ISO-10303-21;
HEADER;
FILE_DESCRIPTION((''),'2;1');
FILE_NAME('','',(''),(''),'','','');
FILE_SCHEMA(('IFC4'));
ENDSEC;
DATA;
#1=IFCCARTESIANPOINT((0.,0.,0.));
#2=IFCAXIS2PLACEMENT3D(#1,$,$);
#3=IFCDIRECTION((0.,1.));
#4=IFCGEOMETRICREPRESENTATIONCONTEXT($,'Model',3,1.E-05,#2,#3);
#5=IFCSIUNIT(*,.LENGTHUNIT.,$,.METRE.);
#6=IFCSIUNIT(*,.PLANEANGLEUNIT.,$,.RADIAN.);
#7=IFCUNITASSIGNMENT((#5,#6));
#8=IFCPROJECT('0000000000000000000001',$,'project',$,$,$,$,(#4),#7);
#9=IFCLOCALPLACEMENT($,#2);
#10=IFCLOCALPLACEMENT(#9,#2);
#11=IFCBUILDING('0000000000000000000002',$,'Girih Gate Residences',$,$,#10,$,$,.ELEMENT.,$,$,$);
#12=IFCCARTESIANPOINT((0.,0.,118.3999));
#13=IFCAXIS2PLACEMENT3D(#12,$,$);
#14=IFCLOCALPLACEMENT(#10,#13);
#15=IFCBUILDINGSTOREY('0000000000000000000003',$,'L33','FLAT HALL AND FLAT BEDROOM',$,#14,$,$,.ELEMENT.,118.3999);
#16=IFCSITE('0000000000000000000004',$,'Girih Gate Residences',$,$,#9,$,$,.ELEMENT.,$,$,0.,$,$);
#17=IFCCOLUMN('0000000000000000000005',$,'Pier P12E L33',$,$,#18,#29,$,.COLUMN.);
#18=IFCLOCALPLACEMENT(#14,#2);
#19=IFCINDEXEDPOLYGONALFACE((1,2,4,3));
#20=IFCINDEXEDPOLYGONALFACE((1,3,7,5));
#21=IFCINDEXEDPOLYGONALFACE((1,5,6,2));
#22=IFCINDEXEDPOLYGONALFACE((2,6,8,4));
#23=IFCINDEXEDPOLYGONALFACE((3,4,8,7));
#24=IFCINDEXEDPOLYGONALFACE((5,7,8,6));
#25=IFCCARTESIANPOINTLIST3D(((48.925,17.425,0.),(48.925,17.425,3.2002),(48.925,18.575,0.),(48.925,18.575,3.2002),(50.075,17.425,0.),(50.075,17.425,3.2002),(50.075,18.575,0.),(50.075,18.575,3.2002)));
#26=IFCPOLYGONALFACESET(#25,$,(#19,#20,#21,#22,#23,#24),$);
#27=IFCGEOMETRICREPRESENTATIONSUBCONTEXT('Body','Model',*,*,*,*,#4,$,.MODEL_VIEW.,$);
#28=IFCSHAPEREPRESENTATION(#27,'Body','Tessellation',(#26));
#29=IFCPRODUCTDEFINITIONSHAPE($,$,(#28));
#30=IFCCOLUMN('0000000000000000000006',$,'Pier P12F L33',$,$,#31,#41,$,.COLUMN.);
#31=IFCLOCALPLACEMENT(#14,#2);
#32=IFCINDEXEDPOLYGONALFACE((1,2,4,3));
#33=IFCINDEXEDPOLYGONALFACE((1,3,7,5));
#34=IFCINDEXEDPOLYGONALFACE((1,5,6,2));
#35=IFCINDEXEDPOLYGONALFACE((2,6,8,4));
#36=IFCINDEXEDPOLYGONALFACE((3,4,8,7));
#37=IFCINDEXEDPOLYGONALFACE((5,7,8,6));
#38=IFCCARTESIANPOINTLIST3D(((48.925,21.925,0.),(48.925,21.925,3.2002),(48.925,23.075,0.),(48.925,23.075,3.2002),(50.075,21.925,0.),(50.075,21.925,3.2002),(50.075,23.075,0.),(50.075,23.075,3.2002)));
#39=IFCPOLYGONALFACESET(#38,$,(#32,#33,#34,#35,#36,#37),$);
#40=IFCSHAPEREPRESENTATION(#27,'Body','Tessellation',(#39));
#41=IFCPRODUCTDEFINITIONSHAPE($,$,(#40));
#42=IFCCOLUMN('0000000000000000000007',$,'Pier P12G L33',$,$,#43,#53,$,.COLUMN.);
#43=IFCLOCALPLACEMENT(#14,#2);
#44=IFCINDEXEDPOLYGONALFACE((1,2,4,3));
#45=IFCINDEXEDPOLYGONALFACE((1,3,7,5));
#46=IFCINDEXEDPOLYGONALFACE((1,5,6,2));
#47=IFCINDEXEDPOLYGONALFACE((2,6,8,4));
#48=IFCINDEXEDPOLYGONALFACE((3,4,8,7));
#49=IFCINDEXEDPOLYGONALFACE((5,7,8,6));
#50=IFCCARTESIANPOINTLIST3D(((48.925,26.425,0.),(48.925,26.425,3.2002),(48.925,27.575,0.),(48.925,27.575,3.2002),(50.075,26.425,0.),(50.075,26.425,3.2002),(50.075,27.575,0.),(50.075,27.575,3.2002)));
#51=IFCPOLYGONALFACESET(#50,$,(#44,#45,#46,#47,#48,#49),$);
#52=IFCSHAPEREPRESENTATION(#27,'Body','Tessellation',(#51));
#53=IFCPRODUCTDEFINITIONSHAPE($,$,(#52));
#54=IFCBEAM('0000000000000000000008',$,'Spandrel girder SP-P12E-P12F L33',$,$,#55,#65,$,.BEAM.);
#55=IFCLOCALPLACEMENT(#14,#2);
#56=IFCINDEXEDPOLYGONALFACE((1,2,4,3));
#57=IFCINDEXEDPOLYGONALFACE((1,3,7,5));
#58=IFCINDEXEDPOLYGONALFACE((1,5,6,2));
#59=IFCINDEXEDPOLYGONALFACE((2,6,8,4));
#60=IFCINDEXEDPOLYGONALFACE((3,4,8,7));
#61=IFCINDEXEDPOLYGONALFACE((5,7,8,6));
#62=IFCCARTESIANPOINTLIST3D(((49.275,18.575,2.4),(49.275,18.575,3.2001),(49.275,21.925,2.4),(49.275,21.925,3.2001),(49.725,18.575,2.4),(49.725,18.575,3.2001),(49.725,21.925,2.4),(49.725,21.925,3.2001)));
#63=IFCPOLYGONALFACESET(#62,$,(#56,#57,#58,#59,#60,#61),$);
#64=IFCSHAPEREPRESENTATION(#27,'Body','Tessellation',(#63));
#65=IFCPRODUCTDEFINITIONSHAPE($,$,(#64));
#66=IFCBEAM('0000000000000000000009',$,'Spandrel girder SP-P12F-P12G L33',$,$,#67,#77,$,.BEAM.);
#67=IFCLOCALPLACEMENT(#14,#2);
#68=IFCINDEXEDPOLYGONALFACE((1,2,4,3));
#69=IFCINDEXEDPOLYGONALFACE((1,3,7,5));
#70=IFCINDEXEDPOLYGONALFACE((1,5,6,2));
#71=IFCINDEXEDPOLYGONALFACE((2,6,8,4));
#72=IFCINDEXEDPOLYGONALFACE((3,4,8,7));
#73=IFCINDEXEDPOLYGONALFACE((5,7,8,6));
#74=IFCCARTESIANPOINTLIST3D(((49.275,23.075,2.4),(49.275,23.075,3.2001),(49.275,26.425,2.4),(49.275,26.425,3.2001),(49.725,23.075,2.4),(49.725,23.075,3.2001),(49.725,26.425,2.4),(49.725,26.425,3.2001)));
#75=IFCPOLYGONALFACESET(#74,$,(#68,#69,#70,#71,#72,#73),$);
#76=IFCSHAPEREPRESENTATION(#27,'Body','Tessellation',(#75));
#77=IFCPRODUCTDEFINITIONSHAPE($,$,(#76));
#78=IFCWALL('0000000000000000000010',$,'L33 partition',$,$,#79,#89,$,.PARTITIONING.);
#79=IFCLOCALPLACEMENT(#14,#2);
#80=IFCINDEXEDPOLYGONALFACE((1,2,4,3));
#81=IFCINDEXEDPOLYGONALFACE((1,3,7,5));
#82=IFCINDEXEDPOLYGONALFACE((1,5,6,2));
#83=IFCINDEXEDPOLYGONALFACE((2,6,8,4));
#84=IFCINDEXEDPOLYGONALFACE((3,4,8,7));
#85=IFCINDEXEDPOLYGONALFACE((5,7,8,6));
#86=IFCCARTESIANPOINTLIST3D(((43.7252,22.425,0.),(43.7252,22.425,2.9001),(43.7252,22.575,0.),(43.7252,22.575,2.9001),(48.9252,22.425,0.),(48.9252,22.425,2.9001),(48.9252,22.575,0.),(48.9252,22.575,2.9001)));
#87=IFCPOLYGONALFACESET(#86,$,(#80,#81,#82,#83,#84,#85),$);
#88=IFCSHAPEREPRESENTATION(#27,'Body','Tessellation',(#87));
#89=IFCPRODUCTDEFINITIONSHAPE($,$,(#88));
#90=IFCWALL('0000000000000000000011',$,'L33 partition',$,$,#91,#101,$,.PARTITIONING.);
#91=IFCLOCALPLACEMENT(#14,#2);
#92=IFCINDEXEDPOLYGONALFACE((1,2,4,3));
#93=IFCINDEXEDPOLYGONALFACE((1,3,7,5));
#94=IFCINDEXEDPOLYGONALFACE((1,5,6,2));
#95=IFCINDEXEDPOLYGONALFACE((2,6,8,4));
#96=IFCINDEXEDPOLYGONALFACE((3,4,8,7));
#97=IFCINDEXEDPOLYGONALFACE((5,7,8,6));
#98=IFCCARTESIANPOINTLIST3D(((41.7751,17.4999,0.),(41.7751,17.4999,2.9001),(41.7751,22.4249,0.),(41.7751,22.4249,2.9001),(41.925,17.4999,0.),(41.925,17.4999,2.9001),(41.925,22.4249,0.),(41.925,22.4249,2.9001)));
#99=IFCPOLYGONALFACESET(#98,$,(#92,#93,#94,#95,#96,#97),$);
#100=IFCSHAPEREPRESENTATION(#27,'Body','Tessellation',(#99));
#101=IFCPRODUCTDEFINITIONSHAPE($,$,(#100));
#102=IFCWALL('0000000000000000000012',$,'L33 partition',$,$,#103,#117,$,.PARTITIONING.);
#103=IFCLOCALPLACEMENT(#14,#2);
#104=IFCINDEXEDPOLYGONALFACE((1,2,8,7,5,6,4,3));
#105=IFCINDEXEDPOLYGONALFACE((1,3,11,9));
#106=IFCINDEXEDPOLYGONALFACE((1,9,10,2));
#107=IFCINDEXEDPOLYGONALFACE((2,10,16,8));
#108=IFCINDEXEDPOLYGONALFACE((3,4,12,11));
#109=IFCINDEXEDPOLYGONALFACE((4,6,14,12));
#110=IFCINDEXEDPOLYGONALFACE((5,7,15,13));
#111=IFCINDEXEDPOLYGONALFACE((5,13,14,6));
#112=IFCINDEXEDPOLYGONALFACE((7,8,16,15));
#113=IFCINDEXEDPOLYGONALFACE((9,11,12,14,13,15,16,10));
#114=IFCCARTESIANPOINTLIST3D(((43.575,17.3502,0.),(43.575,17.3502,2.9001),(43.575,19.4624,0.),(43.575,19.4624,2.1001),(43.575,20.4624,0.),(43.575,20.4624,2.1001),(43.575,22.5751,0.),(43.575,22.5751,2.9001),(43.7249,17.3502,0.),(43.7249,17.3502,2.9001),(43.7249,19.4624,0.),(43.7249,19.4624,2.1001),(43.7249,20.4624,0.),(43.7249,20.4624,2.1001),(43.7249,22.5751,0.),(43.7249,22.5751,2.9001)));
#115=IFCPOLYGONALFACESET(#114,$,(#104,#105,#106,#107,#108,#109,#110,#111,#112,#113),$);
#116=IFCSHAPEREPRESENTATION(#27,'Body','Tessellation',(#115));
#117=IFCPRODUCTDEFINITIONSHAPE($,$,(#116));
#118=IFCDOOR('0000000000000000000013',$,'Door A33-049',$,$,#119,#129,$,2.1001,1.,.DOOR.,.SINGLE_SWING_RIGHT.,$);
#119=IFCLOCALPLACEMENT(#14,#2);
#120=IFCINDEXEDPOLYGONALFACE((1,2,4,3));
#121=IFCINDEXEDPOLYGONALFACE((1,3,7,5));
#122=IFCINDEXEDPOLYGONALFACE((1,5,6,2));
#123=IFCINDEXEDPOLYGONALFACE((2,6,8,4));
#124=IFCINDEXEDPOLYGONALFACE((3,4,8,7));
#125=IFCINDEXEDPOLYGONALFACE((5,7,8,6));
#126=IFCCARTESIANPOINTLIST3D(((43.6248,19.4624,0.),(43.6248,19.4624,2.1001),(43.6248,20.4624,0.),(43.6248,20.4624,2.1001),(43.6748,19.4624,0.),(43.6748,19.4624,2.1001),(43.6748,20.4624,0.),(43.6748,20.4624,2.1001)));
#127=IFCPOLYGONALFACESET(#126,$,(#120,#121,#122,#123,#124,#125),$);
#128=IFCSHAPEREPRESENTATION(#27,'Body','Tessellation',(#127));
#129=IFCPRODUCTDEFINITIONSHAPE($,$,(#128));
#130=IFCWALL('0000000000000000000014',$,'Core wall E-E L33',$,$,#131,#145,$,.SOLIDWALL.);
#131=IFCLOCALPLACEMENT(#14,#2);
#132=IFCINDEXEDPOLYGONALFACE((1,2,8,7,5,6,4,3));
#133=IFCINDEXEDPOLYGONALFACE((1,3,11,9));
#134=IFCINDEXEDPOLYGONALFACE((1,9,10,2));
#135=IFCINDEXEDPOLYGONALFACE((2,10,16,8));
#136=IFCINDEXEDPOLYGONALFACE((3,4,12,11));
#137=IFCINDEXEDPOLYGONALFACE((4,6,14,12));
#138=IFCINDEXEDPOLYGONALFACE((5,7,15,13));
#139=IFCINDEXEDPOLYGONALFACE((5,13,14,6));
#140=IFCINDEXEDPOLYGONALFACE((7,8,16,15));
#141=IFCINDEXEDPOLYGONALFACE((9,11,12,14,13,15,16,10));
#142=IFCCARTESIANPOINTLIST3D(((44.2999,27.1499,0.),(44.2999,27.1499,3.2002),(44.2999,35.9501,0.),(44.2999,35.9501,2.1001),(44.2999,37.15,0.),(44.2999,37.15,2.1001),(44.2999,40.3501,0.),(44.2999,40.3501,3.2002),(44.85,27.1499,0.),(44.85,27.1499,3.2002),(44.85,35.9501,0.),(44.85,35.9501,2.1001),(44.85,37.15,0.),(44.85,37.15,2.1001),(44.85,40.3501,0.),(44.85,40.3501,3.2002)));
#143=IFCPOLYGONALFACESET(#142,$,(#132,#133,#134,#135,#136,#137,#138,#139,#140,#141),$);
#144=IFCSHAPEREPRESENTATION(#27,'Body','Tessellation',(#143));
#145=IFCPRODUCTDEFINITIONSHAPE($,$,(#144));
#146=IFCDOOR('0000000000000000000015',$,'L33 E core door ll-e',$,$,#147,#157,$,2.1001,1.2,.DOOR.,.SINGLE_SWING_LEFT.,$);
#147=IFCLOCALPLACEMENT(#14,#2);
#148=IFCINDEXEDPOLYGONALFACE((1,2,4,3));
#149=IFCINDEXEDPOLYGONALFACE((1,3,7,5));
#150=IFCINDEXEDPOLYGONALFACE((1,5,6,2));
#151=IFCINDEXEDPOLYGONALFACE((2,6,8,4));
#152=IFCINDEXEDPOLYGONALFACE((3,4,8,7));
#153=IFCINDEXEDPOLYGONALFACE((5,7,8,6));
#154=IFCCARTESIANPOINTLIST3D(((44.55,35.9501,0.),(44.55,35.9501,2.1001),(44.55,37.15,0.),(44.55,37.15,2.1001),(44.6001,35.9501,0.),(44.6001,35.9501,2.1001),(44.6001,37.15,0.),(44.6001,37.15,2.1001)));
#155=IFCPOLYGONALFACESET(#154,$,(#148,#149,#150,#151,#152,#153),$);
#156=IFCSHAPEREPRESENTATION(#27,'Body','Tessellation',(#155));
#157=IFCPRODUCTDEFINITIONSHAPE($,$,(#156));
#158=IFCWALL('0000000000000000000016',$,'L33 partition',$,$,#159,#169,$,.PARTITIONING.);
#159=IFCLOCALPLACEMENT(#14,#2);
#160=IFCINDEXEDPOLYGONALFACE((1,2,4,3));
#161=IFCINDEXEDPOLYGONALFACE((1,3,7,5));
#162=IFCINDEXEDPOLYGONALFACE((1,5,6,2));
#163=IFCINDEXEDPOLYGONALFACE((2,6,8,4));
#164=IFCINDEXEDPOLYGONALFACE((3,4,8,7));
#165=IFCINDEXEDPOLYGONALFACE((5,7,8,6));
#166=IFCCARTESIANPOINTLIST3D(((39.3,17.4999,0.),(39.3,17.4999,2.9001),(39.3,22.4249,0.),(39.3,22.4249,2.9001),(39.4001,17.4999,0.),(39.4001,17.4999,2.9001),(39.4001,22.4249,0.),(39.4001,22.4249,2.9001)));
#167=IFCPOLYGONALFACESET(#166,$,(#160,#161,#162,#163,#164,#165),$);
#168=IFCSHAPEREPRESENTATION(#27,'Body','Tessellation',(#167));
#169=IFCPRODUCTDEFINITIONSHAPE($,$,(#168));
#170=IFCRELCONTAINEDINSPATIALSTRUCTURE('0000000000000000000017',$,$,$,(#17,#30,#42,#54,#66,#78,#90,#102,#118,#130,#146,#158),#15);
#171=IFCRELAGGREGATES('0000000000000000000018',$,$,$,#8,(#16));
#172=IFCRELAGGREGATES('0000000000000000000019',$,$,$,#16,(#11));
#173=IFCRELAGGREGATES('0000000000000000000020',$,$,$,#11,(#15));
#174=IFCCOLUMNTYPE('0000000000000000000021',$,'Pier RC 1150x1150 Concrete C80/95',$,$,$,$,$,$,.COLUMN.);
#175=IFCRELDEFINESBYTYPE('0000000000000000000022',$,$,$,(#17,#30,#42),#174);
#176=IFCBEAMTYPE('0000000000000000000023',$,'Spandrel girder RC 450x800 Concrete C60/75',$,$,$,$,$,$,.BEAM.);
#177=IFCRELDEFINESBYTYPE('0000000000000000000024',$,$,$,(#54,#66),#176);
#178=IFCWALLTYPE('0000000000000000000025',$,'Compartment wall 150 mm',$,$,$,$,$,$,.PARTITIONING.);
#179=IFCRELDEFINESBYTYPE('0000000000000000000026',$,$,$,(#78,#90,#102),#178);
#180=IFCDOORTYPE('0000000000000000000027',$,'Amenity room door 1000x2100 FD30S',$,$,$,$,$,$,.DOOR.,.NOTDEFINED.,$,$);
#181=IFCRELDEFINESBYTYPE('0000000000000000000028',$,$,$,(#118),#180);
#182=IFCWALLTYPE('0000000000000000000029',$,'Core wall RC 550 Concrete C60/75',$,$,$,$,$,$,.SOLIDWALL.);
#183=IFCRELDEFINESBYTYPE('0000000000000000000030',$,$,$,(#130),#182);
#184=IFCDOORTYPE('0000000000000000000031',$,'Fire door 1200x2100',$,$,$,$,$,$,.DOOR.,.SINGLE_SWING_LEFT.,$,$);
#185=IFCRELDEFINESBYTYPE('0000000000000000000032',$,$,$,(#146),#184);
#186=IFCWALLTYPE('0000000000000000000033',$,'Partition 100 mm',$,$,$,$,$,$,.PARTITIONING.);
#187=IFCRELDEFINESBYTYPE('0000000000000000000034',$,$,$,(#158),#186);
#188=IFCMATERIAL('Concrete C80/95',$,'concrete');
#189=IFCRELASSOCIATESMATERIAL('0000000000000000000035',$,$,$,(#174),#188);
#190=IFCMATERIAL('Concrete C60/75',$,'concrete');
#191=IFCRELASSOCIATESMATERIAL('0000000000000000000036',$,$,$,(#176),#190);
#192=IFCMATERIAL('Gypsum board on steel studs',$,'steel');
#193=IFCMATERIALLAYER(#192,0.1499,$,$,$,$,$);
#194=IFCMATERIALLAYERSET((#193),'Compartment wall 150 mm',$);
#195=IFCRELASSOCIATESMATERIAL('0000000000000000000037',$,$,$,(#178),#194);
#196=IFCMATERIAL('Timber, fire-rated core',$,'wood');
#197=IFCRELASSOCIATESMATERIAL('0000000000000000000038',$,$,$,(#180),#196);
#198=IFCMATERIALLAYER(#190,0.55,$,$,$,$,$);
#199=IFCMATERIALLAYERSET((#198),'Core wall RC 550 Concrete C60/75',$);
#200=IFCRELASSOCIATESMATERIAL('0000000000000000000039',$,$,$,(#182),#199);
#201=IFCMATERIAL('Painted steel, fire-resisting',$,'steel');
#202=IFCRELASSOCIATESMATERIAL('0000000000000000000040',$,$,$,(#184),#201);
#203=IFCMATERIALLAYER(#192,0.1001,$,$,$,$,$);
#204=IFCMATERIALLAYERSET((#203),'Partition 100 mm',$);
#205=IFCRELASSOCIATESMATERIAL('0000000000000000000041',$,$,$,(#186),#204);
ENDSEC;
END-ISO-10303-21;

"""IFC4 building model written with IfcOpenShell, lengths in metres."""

from ifc_helpers import new_model, si_unit, direction, frame, frame_2d, origin, origin_2d, place, context, subcontext, project, spatial, rectangle, extrude, material, layer, layer_set, material_profile, profile_set, type_object, element, fill, save


model = new_model("IFC4")

# Units and contexts
model_context = context("Model", 3, precision=1e-05, world=origin(), true_north=direction((0.0, 1.0)))
body_context = subcontext(model_context, "Body", "Model", "MODEL_VIEW")
ifc_project = project(units=[si_unit("LENGTHUNIT", "METRE"), si_unit("PLANEANGLEUNIT", "RADIAN")], contexts=[model_context])

# Site, building, storey
site_placement = place(None, origin())
site = spatial("IfcSite", under=ifc_project, at=site_placement, Name="Girih Gate Residences", CompositionType="ELEMENT", RefElevation=0.0)
building_placement = place(site_placement, origin())
building = spatial("IfcBuilding", under=site, at=building_placement, Name="Girih Gate Residences", CompositionType="ELEMENT")
storey_placement = place(building_placement, frame((0.0, 0.0, 118.3999)))
storey = spatial("IfcBuildingStorey", under=building, at=storey_placement, Name="L33", Description="FLAT HALL AND FLAT BEDROOM", CompositionType="ELEMENT", Elevation=118.3999)

# Columns
ifc_material_1 = material(Name="Concrete C80/95", Category="concrete")
ifc_material_profile_1 = material_profile(ifc_material_1, rectangle(XDim=1.1499, YDim=1.1499, at=origin_2d()))
ifc_profile_set_1 = profile_set([ifc_material_profile_1], Name="Concrete C80/95")
column_type = type_object("IfcColumnType", Name="Pier RC 1150x1150 Concrete C80/95", PredefinedType="COLUMN", material=ifc_profile_set_1)
for number, where, z_axis, x_axis, name in (
    (1, (49.5, 18.0, 0.0), (0.0, 0.0, 1.0), (1.0, 0.0, 0.0), "Pier P12E L33"),
    (2, (49.5, 22.5, 0.0), (0.0, 0.0, 1.0), (1.0, 0.0, 0.0), "Pier P12F L33"),
    (3, (49.5, 27.0, 0.0), (0.0, 0.0, 1.0), (1.0, 0.0, 0.0), "Pier P12G L33"),
):
    element("IfcColumn", number, at=place(storey_placement, frame(where, z_axis=z_axis, x_axis=x_axis)), inside=storey, type_object=column_type, Name=name, PredefinedType="COLUMN", context=body_context, shape_type="SweptSolid", body=[
        extrude(rectangle(XDim=1.1499, YDim=1.1499, at=origin_2d()), origin(), (0.0, 0.0, 1.0), 3.2002),
    ])

# Beams
ifc_material_2 = material(Name="Concrete C60/75", Category="concrete")
ifc_material_profile_2 = material_profile(ifc_material_2, rectangle(XDim=0.45, YDim=0.8, at=origin_2d()))
ifc_profile_set_2 = profile_set([ifc_material_profile_2], Name="Concrete C60/75")
beam_type = type_object("IfcBeamType", Name="Spandrel girder RC 450x800 Concrete C60/75", PredefinedType="BEAM", material=ifc_profile_set_2)
for number, where, z_axis, x_axis, name in (
    (4, (49.5, 18.575, 2.8), (0.0, 1.0, 0.0), (-1.0, 0.0, 0.0), "Spandrel girder SP-P12E-P12F L33"),
    (5, (49.5, 23.075, 2.8), (0.0, 1.0, 0.0), (-1.0, 0.0, 0.0), "Spandrel girder SP-P12F-P12G L33"),
):
    element("IfcBeam", number, at=place(storey_placement, frame(where, z_axis=z_axis, x_axis=x_axis)), inside=storey, type_object=beam_type, Name=name, PredefinedType="BEAM", context=body_context, shape_type="SweptSolid", body=[
        extrude(rectangle(XDim=0.45, YDim=0.8, at=origin_2d()), origin(), (0.0, 0.0, 1.0), 3.3501),
    ])

# Walls
ifc_material_3 = material(Name="Gypsum board on steel studs", Category="steel")
ifc_layer_1 = layer(ifc_material_3, 0.1499)
ifc_layer_set_1 = layer_set([ifc_layer_1], Name="Compartment wall 150 mm")
wall_type_1 = type_object("IfcWallType", Name="Compartment wall 150 mm", PredefinedType="PARTITIONING", material=ifc_layer_set_1)
wall_1_placement = place(storey_placement, frame((43.7251, 22.5, 0.0), z_axis=(0.0, 0.0, 1.0), x_axis=(1.0, 0.0, 0.0)))
element("IfcWall", 6, at=wall_1_placement, inside=storey, type_object=wall_type_1, Name="L33 partition", PredefinedType="PARTITIONING", context=body_context, shape_type="SweptSolid", body=[
    extrude(rectangle(XDim=5.2, YDim=0.1499, at=frame_2d((2.6001, 0.0))), origin(), (0.0, 0.0, 1.0), 2.9001),
])
wall_2_placement = place(storey_placement, frame((41.8501, 17.5, 0.0), z_axis=(0.0, 0.0, 1.0), x_axis=(0.0, 1.0, 0.0)))
element("IfcWall", 7, at=wall_2_placement, inside=storey, type_object=wall_type_1, Name="L33 partition", PredefinedType="PARTITIONING", context=body_context, shape_type="SweptSolid", body=[
    extrude(rectangle(XDim=4.925, YDim=0.1499, at=frame_2d((2.4624, 0.0))), origin(), (0.0, 0.0, 1.0), 2.9001),
])

# Walls, openings, doors
wall_3_placement = place(storey_placement, frame((43.6499, 22.575, 0.0), z_axis=(0.0, 0.0, 1.0), x_axis=(0.0, -1.0, 0.0)))
wall_3 = element("IfcWall", 8, at=wall_3_placement, inside=storey, type_object=wall_type_1, Name="L33 partition", PredefinedType="PARTITIONING", context=body_context, shape_type="SweptSolid", body=[
    extrude(rectangle(XDim=5.2249, YDim=0.1499, at=frame_2d((2.6123, 0.0))), origin(), (0.0, 0.0, 1.0), 2.9001),
])
opening_1_placement = place(wall_3_placement, frame((2.1125, 0.0, 0.0)))
opening_1 = element("IfcOpeningElement", 9, at=opening_1_placement, cuts=wall_3, PredefinedType="OPENING", context=body_context, shape_type="SweptSolid", body=[
    extrude(rectangle(XDim=1.0, YDim=2.1001, at=frame_2d((0.5, 1.05))), frame((0.0, 0.085, 0.0), z_axis=(0.0, -1.0, 0.0), x_axis=(1.0, 0.0, 0.0)), (0.0, 0.0, 1.0), 0.1699),
])
ifc_material_4 = material(Name="Timber, fire-rated core", Category="wood")
door_type_1 = type_object("IfcDoorType", Name="Amenity room door 1000x2100 FD30S", OperationType="NOTDEFINED", PredefinedType="DOOR", material=ifc_material_4)
door_1_placement = place(opening_1_placement, origin())
door_1 = element("IfcDoor", 10, at=door_1_placement, inside=storey, type_object=door_type_1, Name="Door A33-049", OperationType="SINGLE_SWING_RIGHT", OverallHeight=2.1001, OverallWidth=1.0, PredefinedType="DOOR", context=body_context, shape_type="SweptSolid", body=[
    extrude(rectangle(XDim=1.0, YDim=2.1001, at=frame_2d((0.5, 1.05))), frame((0.0, 0.0249, 0.0), z_axis=(0.0, -1.0, 0.0), x_axis=(1.0, 0.0, 0.0)), (0.0, 0.0, 1.0), 0.05),
])
fill(opening_1, door_1)
ifc_layer_2 = layer(ifc_material_2, 0.55)
ifc_layer_set_2 = layer_set([ifc_layer_2], Name="Core wall RC 550 Concrete C60/75")
wall_type_2 = type_object("IfcWallType", Name="Core wall RC 550 Concrete C60/75", PredefinedType="SOLIDWALL", material=ifc_layer_set_2)
wall_4_placement = place(storey_placement, frame((44.575, 27.1499, 0.0), z_axis=(0.0, 0.0, 1.0), x_axis=(0.0, 1.0, 0.0)))
wall_4 = element("IfcWall", 11, at=wall_4_placement, inside=storey, type_object=wall_type_2, Name="Core wall E-E L33", PredefinedType="SOLIDWALL", context=body_context, shape_type="SweptSolid", body=[
    extrude(rectangle(XDim=13.2002, YDim=0.55, at=frame_2d((6.6001, 0.0))), origin(), (0.0, 0.0, 1.0), 3.2002),
])
opening_2_placement = place(wall_4_placement, frame((8.8, 0.0, 0.0)))
opening_2 = element("IfcOpeningElement", 12, at=opening_2_placement, cuts=wall_4, PredefinedType="OPENING", context=body_context, shape_type="SweptSolid", body=[
    extrude(rectangle(XDim=1.2, YDim=2.1001, at=frame_2d((0.6001, 1.05))), frame((0.0, 0.2849, 0.0), z_axis=(0.0, -1.0, 0.0), x_axis=(1.0, 0.0, 0.0)), (0.0, 0.0, 1.0), 0.5701),
])
ifc_material_5 = material(Name="Painted steel, fire-resisting", Category="steel")
door_type_2 = type_object("IfcDoorType", Name="Fire door 1200x2100", OperationType="SINGLE_SWING_LEFT", PredefinedType="DOOR", material=ifc_material_5)
door_2_placement = place(opening_2_placement, origin())
door_2 = element("IfcDoor", 13, at=door_2_placement, inside=storey, type_object=door_type_2, Name="L33 E core door ll-e", OperationType="SINGLE_SWING_LEFT", OverallHeight=2.1001, OverallWidth=1.2, PredefinedType="DOOR", context=body_context, shape_type="SweptSolid", body=[
    extrude(rectangle(XDim=1.2, YDim=2.1001, at=frame_2d((0.6001, 1.05))), frame((0.0, 0.0249, 0.0), z_axis=(0.0, -1.0, 0.0), x_axis=(1.0, 0.0, 0.0)), (0.0, 0.0, 1.0), 0.05),
])
fill(opening_2, door_2)

# Wall
ifc_layer_3 = layer(ifc_material_3, 0.1001)
ifc_layer_set_3 = layer_set([ifc_layer_3], Name="Partition 100 mm")
wall_type_3 = type_object("IfcWallType", Name="Partition 100 mm", PredefinedType="PARTITIONING", material=ifc_layer_set_3)
wall_5_placement = place(storey_placement, frame((39.3501, 17.5, 0.0), z_axis=(0.0, 0.0, 1.0), x_axis=(0.0, 1.0, 0.0)))
element("IfcWall", 14, at=wall_5_placement, inside=storey, type_object=wall_type_3, Name="L33 partition", PredefinedType="PARTITIONING", context=body_context, shape_type="SweptSolid", body=[
    extrude(rectangle(XDim=4.925, YDim=0.1001, at=frame_2d((2.4624, 0.0))), origin(), (0.0, 0.0, 1.0), 2.9001),
])

save(model, "model.ifc")
